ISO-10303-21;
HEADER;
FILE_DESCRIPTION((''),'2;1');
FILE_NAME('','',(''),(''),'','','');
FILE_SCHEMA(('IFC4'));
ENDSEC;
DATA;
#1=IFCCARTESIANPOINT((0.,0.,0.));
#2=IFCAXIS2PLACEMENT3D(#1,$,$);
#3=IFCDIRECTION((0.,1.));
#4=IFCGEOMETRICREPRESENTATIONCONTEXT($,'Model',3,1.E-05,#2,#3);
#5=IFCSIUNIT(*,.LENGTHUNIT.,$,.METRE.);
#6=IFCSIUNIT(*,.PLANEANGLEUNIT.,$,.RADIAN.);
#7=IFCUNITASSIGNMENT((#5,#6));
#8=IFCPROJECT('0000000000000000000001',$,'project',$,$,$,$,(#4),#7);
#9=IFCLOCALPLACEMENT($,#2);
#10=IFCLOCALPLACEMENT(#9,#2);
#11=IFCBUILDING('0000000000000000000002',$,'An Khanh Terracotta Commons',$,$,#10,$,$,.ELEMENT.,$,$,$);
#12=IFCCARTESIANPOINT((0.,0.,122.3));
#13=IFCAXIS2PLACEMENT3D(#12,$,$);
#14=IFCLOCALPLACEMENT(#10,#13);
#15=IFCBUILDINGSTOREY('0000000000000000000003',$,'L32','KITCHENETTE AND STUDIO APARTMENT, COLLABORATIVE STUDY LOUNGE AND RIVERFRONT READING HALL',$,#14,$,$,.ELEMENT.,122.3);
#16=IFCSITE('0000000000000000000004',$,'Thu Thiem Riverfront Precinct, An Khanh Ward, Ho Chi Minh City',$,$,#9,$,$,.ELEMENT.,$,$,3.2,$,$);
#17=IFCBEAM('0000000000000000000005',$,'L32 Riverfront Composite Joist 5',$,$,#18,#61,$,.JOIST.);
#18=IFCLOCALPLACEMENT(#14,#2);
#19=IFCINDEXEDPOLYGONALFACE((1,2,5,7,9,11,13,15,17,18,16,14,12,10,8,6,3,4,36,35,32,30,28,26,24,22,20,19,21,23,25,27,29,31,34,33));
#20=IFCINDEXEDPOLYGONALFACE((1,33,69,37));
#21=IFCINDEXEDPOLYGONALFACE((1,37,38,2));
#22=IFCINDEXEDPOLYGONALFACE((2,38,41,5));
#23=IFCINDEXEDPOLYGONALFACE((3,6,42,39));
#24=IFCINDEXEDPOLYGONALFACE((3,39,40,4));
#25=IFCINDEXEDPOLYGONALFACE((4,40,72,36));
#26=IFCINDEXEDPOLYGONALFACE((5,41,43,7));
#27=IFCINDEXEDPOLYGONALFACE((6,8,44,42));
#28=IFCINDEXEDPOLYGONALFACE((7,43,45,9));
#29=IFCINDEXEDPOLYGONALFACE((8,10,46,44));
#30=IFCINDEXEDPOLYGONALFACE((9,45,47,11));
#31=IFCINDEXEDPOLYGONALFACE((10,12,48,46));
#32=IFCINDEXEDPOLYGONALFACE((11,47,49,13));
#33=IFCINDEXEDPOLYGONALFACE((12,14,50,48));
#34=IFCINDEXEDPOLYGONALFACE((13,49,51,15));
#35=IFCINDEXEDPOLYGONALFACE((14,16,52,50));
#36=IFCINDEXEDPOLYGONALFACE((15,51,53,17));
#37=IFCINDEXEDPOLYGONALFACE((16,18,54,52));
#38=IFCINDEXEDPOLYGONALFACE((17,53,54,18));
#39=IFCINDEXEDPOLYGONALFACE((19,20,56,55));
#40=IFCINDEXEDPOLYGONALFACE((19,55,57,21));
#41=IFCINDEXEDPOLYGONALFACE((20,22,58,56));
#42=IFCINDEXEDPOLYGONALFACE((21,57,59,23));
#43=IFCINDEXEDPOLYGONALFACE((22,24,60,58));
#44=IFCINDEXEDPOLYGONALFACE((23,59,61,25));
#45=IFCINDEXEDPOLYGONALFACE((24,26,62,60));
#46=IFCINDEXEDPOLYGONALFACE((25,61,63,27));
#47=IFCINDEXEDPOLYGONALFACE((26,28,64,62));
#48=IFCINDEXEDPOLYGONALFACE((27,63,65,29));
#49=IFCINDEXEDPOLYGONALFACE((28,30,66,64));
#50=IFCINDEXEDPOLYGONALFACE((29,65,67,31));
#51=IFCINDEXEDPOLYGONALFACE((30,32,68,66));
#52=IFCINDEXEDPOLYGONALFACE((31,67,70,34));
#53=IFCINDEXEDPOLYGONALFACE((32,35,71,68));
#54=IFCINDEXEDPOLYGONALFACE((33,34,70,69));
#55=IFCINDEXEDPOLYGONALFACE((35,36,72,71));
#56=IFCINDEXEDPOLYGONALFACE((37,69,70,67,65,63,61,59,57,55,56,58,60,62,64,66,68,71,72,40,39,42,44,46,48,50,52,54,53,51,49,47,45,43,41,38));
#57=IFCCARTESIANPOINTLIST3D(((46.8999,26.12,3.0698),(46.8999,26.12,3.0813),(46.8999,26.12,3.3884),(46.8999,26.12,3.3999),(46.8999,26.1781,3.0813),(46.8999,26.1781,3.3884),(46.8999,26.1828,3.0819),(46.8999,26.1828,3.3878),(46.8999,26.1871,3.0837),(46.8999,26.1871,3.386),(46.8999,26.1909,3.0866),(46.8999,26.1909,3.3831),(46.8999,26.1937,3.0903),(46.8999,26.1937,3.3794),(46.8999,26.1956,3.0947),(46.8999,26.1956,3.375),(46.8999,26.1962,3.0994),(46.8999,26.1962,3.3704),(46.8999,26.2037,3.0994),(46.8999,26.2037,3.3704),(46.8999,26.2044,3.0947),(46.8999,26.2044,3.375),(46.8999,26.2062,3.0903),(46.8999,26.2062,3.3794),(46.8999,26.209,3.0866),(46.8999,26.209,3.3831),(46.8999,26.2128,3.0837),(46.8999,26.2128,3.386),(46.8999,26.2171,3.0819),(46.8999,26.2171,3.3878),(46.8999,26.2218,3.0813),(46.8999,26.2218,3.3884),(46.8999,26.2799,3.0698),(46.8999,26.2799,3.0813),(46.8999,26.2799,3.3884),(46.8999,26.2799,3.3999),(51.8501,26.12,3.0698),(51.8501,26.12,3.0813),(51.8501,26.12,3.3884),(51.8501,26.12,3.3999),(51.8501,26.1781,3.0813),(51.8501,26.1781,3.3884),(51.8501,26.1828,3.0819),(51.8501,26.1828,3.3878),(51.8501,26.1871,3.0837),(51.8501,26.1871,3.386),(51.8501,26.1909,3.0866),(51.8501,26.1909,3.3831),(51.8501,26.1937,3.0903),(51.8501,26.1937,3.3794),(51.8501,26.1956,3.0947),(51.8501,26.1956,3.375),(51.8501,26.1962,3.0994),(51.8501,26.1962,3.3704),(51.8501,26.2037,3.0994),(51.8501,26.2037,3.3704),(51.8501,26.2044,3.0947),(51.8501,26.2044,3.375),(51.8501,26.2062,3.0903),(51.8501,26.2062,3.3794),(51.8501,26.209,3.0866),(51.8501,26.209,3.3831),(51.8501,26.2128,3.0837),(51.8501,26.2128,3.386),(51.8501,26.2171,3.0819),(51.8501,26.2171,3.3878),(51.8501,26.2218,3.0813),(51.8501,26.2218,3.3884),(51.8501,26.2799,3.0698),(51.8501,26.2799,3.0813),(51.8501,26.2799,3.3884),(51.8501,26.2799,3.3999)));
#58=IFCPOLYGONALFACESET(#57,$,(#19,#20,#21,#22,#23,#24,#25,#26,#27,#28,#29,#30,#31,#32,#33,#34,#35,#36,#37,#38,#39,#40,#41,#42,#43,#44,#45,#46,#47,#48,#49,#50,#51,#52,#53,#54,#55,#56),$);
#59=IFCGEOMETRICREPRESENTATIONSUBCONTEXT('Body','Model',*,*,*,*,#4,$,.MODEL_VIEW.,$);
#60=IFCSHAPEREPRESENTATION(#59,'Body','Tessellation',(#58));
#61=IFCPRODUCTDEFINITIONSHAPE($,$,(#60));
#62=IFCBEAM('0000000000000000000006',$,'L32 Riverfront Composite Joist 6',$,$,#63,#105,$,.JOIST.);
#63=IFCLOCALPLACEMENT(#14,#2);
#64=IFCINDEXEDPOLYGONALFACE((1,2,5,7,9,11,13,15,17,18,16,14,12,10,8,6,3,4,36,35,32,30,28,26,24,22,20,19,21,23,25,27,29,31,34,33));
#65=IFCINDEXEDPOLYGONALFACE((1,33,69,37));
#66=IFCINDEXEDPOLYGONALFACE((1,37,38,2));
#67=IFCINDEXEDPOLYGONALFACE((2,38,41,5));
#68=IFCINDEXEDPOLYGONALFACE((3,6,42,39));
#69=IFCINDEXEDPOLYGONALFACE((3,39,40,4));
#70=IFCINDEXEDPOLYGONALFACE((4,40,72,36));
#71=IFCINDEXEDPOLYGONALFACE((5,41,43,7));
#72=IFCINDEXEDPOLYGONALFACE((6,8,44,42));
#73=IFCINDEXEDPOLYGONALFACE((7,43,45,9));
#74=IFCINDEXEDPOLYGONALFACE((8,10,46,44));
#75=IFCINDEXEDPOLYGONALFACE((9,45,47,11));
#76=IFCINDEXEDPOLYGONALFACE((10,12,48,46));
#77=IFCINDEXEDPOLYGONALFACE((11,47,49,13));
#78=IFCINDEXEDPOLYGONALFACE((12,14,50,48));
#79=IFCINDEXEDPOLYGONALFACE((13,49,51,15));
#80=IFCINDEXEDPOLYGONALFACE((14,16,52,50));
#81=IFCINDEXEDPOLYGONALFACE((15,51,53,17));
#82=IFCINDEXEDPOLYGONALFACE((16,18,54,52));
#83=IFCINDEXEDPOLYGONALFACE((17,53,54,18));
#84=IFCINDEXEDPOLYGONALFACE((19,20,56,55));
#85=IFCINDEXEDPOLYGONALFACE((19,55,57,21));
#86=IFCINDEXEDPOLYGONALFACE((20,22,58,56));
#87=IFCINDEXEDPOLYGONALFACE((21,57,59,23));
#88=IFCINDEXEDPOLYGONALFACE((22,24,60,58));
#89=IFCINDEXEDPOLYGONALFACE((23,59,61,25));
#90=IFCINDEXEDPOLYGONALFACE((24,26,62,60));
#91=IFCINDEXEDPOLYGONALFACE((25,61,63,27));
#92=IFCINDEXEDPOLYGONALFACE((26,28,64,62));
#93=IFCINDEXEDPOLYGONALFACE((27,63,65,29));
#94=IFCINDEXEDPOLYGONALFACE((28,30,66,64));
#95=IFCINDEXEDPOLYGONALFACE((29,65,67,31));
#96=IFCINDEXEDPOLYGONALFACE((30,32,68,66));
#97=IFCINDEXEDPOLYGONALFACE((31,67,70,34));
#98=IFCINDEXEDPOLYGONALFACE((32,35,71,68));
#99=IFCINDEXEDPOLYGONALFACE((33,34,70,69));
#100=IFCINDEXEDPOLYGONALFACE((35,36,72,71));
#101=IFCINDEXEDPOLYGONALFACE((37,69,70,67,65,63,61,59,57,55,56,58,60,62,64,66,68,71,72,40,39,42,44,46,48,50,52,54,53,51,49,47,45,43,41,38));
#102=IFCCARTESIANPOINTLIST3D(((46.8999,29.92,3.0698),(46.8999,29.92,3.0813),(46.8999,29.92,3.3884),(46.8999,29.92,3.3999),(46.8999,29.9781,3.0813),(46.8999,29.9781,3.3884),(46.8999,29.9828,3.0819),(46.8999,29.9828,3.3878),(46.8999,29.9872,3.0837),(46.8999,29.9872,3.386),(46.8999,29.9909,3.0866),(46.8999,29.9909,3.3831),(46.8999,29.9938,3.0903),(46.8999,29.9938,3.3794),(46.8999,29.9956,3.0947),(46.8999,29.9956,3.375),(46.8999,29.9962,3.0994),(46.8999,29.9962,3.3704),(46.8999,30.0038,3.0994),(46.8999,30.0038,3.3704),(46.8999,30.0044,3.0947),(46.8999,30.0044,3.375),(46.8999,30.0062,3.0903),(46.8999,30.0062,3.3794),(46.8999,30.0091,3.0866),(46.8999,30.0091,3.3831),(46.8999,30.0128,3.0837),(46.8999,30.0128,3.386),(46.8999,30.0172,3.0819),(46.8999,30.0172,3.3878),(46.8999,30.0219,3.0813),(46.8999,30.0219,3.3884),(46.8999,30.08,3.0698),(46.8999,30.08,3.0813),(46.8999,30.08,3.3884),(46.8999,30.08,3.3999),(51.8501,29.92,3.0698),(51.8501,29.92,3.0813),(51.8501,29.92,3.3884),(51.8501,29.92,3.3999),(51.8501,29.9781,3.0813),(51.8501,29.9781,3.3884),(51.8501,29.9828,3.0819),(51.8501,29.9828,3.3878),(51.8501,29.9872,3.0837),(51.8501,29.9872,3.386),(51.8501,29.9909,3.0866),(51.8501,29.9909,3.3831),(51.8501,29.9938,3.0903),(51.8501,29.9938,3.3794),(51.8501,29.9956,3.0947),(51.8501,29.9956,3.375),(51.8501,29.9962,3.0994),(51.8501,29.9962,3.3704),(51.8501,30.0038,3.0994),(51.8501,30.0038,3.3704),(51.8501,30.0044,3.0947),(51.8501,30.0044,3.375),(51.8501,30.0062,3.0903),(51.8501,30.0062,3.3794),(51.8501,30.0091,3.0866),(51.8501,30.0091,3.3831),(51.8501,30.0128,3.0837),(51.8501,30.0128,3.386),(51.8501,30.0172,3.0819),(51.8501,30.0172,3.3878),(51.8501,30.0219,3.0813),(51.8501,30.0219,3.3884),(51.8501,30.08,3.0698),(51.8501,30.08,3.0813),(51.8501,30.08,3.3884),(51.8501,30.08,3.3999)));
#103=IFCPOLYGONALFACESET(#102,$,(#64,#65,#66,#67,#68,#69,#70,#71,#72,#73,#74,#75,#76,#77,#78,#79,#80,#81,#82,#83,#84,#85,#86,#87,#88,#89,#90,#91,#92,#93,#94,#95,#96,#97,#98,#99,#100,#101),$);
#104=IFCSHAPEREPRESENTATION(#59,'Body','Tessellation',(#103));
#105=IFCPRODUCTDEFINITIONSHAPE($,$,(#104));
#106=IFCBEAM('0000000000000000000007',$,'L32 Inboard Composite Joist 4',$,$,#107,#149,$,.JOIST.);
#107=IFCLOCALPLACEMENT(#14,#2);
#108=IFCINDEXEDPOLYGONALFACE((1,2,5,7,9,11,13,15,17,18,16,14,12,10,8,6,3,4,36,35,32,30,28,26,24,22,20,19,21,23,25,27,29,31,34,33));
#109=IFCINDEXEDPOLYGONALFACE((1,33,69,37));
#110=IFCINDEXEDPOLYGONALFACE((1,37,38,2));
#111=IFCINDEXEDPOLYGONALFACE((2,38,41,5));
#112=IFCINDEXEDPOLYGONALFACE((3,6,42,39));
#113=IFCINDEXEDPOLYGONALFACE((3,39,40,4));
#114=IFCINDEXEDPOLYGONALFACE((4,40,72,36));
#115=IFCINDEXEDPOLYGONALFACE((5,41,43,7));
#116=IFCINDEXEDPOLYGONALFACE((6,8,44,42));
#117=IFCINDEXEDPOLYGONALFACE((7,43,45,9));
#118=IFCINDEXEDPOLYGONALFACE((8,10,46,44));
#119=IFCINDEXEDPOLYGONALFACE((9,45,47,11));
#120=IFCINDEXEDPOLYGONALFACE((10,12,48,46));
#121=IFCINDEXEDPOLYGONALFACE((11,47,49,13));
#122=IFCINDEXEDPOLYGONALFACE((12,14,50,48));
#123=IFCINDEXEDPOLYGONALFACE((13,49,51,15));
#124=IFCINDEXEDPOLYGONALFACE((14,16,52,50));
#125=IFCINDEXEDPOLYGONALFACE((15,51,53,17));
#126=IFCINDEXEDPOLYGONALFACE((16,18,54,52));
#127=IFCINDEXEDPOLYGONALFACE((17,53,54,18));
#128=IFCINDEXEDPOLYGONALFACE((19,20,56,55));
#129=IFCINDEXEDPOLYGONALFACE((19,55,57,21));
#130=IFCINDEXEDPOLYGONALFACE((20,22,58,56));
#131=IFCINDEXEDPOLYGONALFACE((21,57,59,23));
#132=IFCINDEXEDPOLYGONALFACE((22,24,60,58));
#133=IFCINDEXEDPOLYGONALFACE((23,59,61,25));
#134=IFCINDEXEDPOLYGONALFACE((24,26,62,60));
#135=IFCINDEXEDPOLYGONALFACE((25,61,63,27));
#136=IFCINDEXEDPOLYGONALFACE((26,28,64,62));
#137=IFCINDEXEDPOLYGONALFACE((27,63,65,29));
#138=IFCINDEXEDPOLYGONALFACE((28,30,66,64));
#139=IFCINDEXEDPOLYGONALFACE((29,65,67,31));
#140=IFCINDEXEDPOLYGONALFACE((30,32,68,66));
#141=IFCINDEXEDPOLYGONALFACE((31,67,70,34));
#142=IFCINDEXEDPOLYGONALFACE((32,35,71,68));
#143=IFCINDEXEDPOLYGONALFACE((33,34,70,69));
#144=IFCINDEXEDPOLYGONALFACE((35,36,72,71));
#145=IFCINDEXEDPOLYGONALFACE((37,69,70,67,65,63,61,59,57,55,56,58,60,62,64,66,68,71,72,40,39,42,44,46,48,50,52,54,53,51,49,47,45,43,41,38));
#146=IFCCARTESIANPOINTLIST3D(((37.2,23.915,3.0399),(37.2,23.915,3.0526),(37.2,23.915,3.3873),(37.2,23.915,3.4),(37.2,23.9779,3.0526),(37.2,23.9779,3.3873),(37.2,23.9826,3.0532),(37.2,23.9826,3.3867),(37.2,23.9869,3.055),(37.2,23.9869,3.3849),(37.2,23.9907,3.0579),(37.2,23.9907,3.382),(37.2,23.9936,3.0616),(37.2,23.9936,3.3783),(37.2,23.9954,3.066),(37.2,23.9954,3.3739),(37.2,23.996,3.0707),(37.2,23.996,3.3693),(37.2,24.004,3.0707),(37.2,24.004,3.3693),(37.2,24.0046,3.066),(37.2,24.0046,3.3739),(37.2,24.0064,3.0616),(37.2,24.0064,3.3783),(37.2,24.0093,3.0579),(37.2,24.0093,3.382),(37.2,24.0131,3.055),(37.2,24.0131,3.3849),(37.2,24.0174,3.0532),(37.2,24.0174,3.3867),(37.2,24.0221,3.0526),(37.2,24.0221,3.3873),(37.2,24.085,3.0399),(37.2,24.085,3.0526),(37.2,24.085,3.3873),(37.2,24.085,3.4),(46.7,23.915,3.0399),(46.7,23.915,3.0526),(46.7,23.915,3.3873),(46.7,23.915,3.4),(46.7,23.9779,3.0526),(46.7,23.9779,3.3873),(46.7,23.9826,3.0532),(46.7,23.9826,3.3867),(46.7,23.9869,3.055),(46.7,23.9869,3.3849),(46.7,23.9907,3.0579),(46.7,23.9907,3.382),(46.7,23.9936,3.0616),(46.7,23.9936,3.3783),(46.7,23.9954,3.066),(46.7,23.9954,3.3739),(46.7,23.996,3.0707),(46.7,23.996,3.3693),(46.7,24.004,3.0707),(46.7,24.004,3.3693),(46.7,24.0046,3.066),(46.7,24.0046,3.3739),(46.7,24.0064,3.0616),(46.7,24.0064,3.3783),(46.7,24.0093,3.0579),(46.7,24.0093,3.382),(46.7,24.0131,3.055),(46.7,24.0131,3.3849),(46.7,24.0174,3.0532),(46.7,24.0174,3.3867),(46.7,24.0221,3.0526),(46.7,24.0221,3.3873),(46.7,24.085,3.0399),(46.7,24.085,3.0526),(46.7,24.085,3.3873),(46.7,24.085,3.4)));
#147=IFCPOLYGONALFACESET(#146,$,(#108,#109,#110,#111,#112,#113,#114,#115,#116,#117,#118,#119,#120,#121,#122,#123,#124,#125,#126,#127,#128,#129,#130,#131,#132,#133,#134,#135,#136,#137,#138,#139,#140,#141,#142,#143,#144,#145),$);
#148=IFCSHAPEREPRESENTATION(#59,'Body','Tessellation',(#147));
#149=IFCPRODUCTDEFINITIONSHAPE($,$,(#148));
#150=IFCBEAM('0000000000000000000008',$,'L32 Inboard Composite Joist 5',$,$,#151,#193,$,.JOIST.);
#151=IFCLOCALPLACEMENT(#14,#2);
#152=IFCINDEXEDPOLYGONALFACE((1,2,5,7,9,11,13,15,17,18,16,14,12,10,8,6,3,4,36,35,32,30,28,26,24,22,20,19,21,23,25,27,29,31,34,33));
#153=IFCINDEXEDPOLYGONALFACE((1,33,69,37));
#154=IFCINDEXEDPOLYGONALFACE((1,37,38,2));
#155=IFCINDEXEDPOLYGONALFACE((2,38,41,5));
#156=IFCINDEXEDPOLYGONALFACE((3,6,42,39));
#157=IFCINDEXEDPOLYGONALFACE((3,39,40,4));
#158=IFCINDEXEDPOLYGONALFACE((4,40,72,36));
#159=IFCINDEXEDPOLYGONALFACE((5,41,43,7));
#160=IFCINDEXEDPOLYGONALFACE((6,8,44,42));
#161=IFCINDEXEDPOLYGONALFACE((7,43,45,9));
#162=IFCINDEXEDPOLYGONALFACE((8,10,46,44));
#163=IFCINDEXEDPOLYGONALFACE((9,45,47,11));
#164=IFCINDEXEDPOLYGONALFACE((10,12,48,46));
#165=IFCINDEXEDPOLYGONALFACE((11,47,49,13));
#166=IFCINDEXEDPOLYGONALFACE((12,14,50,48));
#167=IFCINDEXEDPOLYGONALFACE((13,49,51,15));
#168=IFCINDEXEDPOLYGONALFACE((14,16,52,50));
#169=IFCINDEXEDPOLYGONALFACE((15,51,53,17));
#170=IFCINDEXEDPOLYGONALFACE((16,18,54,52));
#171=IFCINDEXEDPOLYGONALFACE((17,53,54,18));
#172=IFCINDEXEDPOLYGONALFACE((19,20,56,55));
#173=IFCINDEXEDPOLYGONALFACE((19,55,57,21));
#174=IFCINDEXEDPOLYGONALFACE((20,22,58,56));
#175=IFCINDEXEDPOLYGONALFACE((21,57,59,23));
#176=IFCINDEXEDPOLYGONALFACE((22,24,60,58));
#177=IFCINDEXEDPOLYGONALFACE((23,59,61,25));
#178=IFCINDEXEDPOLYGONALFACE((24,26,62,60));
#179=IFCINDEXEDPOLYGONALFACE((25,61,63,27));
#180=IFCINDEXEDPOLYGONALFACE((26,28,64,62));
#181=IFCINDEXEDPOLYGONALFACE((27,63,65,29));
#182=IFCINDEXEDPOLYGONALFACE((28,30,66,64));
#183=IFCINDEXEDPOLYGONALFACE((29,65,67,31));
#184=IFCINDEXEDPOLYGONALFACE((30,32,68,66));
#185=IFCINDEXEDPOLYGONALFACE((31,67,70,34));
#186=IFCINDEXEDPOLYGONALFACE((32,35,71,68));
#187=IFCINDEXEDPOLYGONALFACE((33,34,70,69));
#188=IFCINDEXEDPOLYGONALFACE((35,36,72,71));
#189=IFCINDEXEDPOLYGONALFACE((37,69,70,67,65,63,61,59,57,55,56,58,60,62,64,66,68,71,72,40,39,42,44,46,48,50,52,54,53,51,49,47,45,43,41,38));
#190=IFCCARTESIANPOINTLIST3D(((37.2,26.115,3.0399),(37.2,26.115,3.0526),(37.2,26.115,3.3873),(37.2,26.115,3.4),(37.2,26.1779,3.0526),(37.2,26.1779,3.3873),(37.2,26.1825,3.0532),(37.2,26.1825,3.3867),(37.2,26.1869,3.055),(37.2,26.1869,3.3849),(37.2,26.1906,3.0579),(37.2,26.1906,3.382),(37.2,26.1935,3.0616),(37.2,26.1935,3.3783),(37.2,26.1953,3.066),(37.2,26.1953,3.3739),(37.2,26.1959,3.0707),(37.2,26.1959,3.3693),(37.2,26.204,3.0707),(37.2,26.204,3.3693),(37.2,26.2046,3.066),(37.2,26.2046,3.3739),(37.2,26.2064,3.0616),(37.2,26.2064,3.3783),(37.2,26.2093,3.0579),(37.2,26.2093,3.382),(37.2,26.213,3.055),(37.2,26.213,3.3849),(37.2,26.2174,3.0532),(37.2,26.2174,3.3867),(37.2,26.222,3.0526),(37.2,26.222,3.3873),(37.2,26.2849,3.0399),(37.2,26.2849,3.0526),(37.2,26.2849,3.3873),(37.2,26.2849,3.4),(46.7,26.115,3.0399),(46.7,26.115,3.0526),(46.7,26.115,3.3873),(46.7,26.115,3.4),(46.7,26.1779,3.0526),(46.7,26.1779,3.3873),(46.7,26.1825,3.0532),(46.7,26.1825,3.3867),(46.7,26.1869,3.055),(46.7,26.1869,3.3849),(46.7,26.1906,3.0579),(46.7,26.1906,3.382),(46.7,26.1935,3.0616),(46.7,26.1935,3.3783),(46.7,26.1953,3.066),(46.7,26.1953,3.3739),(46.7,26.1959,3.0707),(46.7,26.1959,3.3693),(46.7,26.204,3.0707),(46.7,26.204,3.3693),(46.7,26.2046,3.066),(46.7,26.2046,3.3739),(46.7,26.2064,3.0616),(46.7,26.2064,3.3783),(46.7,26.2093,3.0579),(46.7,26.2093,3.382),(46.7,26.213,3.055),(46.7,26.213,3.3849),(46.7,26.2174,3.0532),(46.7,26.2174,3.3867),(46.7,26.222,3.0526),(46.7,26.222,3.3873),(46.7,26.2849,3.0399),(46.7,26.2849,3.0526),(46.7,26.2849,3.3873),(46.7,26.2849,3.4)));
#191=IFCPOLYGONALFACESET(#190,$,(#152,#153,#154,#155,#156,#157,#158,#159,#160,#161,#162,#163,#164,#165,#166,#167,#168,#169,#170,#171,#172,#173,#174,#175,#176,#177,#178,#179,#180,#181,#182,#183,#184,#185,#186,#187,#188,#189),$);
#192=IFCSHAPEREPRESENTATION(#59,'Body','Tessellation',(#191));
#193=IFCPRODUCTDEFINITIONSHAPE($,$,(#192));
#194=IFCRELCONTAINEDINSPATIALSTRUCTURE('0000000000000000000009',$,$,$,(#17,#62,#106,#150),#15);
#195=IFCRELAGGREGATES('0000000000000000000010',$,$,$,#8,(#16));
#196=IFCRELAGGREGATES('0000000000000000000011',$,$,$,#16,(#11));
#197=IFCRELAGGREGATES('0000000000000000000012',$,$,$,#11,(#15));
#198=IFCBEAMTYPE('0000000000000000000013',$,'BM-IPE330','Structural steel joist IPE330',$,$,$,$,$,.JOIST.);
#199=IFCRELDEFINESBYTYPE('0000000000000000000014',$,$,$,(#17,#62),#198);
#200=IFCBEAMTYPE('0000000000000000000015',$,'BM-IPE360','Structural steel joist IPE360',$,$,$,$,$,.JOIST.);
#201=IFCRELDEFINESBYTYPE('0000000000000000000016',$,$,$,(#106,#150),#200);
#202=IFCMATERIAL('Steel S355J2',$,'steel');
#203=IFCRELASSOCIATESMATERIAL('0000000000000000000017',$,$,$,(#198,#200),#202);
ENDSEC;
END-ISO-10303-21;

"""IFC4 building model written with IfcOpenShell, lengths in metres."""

from ifc_helpers import new_model, si_unit, direction, frame, origin, origin_2d, place, context, subcontext, project, spatial, i_section, extrude, material, material_profile, profile_set, type_object, element, save


model = new_model("IFC4")

# Units and contexts
model_context = context("Model", 3, precision=1e-05, world=origin(), true_north=direction((0.0, 1.0)))
body_context = subcontext(model_context, "Body", "Model", "MODEL_VIEW")
ifc_project = project(units=[si_unit("LENGTHUNIT", "METRE"), si_unit("PLANEANGLEUNIT", "RADIAN")], contexts=[model_context])

# Site, building, storey
site_placement = place(None, origin())
site = spatial("IfcSite", under=ifc_project, at=site_placement, Name="Thu Thiem Riverfront Precinct, An Khanh Ward, Ho Chi Minh City", CompositionType="ELEMENT", RefElevation=3.2)
building_placement = place(site_placement, origin())
building = spatial("IfcBuilding", under=site, at=building_placement, Name="An Khanh Terracotta Commons", CompositionType="ELEMENT")
storey_placement = place(building_placement, frame((0.0, 0.0, 122.3)))
storey = spatial("IfcBuildingStorey", under=building, at=storey_placement, Name="L32", Description="KITCHENETTE AND STUDIO APARTMENT, COLLABORATIVE STUDY LOUNGE AND RIVERFRONT READING HALL", CompositionType="ELEMENT", Elevation=122.3)

# Beams
ifc_material_1 = material(Name="Steel S355J2", Category="steel")
ifc_material_profile_1 = material_profile(ifc_material_1, i_section(OverallWidth=0.1599, OverallDepth=0.3301, WebThickness=0.0076, FlangeThickness=0.0115, FilletRadius=0.0181, at=origin_2d()), Name="IPE330")
ifc_profile_set_1 = profile_set([ifc_material_profile_1], Name="Steel S355J2")
beam_type_1 = type_object("IfcBeamType", Name="BM-IPE330", Description="Structural steel joist IPE330", PredefinedType="JOIST", material=ifc_profile_set_1)
for number, where, z_axis, x_axis, name in (
    (1, (46.8999, 26.2, 3.2349), (1.0, 0.0, 0.0), (0.0, 1.0, 0.0), "L32 Riverfront Composite Joist 5"),
    (2, (46.8999, 30.0, 3.2349), (1.0, 0.0, 0.0), (0.0, 1.0, 0.0), "L32 Riverfront Composite Joist 6"),
):
    element("IfcBeam", number, at=place(storey_placement, frame(where, z_axis=z_axis, x_axis=x_axis)), inside=storey, type_object=beam_type_1, Name=name, PredefinedType="JOIST", context=body_context, shape_type="SweptSolid", body=[
        extrude(i_section(OverallWidth=0.1599, OverallDepth=0.3301, WebThickness=0.0076, FlangeThickness=0.0115, FilletRadius=0.0181, at=origin_2d()), origin(), (0.0, 0.0, 1.0), 4.9502),
    ])
ifc_material_profile_2 = material_profile(ifc_material_1, i_section(OverallWidth=0.1699, OverallDepth=0.3601, WebThickness=0.0081, FlangeThickness=0.0127, FilletRadius=0.0181, at=origin_2d()), Name="IPE360")
ifc_profile_set_2 = profile_set([ifc_material_profile_2], Name="Steel S355J2")
beam_type_2 = type_object("IfcBeamType", Name="BM-IPE360", Description="Structural steel joist IPE360", PredefinedType="JOIST", material=ifc_profile_set_2)
for number, where, z_axis, x_axis, name in (
    (3, (37.2, 24.0, 3.22), (1.0, 0.0, 0.0), (0.0, 1.0, 0.0), "L32 Inboard Composite Joist 4"),
    (4, (37.2, 26.2, 3.22), (1.0, 0.0, 0.0), (0.0, 1.0, 0.0), "L32 Inboard Composite Joist 5"),
):
    element("IfcBeam", number, at=place(storey_placement, frame(where, z_axis=z_axis, x_axis=x_axis)), inside=storey, type_object=beam_type_2, Name=name, PredefinedType="JOIST", context=body_context, shape_type="SweptSolid", body=[
        extrude(i_section(OverallWidth=0.1699, OverallDepth=0.3601, WebThickness=0.0081, FlangeThickness=0.0127, FilletRadius=0.0181, at=origin_2d()), origin(), (0.0, 0.0, 1.0), 9.5),
    ])

save(model, "model.ifc")
